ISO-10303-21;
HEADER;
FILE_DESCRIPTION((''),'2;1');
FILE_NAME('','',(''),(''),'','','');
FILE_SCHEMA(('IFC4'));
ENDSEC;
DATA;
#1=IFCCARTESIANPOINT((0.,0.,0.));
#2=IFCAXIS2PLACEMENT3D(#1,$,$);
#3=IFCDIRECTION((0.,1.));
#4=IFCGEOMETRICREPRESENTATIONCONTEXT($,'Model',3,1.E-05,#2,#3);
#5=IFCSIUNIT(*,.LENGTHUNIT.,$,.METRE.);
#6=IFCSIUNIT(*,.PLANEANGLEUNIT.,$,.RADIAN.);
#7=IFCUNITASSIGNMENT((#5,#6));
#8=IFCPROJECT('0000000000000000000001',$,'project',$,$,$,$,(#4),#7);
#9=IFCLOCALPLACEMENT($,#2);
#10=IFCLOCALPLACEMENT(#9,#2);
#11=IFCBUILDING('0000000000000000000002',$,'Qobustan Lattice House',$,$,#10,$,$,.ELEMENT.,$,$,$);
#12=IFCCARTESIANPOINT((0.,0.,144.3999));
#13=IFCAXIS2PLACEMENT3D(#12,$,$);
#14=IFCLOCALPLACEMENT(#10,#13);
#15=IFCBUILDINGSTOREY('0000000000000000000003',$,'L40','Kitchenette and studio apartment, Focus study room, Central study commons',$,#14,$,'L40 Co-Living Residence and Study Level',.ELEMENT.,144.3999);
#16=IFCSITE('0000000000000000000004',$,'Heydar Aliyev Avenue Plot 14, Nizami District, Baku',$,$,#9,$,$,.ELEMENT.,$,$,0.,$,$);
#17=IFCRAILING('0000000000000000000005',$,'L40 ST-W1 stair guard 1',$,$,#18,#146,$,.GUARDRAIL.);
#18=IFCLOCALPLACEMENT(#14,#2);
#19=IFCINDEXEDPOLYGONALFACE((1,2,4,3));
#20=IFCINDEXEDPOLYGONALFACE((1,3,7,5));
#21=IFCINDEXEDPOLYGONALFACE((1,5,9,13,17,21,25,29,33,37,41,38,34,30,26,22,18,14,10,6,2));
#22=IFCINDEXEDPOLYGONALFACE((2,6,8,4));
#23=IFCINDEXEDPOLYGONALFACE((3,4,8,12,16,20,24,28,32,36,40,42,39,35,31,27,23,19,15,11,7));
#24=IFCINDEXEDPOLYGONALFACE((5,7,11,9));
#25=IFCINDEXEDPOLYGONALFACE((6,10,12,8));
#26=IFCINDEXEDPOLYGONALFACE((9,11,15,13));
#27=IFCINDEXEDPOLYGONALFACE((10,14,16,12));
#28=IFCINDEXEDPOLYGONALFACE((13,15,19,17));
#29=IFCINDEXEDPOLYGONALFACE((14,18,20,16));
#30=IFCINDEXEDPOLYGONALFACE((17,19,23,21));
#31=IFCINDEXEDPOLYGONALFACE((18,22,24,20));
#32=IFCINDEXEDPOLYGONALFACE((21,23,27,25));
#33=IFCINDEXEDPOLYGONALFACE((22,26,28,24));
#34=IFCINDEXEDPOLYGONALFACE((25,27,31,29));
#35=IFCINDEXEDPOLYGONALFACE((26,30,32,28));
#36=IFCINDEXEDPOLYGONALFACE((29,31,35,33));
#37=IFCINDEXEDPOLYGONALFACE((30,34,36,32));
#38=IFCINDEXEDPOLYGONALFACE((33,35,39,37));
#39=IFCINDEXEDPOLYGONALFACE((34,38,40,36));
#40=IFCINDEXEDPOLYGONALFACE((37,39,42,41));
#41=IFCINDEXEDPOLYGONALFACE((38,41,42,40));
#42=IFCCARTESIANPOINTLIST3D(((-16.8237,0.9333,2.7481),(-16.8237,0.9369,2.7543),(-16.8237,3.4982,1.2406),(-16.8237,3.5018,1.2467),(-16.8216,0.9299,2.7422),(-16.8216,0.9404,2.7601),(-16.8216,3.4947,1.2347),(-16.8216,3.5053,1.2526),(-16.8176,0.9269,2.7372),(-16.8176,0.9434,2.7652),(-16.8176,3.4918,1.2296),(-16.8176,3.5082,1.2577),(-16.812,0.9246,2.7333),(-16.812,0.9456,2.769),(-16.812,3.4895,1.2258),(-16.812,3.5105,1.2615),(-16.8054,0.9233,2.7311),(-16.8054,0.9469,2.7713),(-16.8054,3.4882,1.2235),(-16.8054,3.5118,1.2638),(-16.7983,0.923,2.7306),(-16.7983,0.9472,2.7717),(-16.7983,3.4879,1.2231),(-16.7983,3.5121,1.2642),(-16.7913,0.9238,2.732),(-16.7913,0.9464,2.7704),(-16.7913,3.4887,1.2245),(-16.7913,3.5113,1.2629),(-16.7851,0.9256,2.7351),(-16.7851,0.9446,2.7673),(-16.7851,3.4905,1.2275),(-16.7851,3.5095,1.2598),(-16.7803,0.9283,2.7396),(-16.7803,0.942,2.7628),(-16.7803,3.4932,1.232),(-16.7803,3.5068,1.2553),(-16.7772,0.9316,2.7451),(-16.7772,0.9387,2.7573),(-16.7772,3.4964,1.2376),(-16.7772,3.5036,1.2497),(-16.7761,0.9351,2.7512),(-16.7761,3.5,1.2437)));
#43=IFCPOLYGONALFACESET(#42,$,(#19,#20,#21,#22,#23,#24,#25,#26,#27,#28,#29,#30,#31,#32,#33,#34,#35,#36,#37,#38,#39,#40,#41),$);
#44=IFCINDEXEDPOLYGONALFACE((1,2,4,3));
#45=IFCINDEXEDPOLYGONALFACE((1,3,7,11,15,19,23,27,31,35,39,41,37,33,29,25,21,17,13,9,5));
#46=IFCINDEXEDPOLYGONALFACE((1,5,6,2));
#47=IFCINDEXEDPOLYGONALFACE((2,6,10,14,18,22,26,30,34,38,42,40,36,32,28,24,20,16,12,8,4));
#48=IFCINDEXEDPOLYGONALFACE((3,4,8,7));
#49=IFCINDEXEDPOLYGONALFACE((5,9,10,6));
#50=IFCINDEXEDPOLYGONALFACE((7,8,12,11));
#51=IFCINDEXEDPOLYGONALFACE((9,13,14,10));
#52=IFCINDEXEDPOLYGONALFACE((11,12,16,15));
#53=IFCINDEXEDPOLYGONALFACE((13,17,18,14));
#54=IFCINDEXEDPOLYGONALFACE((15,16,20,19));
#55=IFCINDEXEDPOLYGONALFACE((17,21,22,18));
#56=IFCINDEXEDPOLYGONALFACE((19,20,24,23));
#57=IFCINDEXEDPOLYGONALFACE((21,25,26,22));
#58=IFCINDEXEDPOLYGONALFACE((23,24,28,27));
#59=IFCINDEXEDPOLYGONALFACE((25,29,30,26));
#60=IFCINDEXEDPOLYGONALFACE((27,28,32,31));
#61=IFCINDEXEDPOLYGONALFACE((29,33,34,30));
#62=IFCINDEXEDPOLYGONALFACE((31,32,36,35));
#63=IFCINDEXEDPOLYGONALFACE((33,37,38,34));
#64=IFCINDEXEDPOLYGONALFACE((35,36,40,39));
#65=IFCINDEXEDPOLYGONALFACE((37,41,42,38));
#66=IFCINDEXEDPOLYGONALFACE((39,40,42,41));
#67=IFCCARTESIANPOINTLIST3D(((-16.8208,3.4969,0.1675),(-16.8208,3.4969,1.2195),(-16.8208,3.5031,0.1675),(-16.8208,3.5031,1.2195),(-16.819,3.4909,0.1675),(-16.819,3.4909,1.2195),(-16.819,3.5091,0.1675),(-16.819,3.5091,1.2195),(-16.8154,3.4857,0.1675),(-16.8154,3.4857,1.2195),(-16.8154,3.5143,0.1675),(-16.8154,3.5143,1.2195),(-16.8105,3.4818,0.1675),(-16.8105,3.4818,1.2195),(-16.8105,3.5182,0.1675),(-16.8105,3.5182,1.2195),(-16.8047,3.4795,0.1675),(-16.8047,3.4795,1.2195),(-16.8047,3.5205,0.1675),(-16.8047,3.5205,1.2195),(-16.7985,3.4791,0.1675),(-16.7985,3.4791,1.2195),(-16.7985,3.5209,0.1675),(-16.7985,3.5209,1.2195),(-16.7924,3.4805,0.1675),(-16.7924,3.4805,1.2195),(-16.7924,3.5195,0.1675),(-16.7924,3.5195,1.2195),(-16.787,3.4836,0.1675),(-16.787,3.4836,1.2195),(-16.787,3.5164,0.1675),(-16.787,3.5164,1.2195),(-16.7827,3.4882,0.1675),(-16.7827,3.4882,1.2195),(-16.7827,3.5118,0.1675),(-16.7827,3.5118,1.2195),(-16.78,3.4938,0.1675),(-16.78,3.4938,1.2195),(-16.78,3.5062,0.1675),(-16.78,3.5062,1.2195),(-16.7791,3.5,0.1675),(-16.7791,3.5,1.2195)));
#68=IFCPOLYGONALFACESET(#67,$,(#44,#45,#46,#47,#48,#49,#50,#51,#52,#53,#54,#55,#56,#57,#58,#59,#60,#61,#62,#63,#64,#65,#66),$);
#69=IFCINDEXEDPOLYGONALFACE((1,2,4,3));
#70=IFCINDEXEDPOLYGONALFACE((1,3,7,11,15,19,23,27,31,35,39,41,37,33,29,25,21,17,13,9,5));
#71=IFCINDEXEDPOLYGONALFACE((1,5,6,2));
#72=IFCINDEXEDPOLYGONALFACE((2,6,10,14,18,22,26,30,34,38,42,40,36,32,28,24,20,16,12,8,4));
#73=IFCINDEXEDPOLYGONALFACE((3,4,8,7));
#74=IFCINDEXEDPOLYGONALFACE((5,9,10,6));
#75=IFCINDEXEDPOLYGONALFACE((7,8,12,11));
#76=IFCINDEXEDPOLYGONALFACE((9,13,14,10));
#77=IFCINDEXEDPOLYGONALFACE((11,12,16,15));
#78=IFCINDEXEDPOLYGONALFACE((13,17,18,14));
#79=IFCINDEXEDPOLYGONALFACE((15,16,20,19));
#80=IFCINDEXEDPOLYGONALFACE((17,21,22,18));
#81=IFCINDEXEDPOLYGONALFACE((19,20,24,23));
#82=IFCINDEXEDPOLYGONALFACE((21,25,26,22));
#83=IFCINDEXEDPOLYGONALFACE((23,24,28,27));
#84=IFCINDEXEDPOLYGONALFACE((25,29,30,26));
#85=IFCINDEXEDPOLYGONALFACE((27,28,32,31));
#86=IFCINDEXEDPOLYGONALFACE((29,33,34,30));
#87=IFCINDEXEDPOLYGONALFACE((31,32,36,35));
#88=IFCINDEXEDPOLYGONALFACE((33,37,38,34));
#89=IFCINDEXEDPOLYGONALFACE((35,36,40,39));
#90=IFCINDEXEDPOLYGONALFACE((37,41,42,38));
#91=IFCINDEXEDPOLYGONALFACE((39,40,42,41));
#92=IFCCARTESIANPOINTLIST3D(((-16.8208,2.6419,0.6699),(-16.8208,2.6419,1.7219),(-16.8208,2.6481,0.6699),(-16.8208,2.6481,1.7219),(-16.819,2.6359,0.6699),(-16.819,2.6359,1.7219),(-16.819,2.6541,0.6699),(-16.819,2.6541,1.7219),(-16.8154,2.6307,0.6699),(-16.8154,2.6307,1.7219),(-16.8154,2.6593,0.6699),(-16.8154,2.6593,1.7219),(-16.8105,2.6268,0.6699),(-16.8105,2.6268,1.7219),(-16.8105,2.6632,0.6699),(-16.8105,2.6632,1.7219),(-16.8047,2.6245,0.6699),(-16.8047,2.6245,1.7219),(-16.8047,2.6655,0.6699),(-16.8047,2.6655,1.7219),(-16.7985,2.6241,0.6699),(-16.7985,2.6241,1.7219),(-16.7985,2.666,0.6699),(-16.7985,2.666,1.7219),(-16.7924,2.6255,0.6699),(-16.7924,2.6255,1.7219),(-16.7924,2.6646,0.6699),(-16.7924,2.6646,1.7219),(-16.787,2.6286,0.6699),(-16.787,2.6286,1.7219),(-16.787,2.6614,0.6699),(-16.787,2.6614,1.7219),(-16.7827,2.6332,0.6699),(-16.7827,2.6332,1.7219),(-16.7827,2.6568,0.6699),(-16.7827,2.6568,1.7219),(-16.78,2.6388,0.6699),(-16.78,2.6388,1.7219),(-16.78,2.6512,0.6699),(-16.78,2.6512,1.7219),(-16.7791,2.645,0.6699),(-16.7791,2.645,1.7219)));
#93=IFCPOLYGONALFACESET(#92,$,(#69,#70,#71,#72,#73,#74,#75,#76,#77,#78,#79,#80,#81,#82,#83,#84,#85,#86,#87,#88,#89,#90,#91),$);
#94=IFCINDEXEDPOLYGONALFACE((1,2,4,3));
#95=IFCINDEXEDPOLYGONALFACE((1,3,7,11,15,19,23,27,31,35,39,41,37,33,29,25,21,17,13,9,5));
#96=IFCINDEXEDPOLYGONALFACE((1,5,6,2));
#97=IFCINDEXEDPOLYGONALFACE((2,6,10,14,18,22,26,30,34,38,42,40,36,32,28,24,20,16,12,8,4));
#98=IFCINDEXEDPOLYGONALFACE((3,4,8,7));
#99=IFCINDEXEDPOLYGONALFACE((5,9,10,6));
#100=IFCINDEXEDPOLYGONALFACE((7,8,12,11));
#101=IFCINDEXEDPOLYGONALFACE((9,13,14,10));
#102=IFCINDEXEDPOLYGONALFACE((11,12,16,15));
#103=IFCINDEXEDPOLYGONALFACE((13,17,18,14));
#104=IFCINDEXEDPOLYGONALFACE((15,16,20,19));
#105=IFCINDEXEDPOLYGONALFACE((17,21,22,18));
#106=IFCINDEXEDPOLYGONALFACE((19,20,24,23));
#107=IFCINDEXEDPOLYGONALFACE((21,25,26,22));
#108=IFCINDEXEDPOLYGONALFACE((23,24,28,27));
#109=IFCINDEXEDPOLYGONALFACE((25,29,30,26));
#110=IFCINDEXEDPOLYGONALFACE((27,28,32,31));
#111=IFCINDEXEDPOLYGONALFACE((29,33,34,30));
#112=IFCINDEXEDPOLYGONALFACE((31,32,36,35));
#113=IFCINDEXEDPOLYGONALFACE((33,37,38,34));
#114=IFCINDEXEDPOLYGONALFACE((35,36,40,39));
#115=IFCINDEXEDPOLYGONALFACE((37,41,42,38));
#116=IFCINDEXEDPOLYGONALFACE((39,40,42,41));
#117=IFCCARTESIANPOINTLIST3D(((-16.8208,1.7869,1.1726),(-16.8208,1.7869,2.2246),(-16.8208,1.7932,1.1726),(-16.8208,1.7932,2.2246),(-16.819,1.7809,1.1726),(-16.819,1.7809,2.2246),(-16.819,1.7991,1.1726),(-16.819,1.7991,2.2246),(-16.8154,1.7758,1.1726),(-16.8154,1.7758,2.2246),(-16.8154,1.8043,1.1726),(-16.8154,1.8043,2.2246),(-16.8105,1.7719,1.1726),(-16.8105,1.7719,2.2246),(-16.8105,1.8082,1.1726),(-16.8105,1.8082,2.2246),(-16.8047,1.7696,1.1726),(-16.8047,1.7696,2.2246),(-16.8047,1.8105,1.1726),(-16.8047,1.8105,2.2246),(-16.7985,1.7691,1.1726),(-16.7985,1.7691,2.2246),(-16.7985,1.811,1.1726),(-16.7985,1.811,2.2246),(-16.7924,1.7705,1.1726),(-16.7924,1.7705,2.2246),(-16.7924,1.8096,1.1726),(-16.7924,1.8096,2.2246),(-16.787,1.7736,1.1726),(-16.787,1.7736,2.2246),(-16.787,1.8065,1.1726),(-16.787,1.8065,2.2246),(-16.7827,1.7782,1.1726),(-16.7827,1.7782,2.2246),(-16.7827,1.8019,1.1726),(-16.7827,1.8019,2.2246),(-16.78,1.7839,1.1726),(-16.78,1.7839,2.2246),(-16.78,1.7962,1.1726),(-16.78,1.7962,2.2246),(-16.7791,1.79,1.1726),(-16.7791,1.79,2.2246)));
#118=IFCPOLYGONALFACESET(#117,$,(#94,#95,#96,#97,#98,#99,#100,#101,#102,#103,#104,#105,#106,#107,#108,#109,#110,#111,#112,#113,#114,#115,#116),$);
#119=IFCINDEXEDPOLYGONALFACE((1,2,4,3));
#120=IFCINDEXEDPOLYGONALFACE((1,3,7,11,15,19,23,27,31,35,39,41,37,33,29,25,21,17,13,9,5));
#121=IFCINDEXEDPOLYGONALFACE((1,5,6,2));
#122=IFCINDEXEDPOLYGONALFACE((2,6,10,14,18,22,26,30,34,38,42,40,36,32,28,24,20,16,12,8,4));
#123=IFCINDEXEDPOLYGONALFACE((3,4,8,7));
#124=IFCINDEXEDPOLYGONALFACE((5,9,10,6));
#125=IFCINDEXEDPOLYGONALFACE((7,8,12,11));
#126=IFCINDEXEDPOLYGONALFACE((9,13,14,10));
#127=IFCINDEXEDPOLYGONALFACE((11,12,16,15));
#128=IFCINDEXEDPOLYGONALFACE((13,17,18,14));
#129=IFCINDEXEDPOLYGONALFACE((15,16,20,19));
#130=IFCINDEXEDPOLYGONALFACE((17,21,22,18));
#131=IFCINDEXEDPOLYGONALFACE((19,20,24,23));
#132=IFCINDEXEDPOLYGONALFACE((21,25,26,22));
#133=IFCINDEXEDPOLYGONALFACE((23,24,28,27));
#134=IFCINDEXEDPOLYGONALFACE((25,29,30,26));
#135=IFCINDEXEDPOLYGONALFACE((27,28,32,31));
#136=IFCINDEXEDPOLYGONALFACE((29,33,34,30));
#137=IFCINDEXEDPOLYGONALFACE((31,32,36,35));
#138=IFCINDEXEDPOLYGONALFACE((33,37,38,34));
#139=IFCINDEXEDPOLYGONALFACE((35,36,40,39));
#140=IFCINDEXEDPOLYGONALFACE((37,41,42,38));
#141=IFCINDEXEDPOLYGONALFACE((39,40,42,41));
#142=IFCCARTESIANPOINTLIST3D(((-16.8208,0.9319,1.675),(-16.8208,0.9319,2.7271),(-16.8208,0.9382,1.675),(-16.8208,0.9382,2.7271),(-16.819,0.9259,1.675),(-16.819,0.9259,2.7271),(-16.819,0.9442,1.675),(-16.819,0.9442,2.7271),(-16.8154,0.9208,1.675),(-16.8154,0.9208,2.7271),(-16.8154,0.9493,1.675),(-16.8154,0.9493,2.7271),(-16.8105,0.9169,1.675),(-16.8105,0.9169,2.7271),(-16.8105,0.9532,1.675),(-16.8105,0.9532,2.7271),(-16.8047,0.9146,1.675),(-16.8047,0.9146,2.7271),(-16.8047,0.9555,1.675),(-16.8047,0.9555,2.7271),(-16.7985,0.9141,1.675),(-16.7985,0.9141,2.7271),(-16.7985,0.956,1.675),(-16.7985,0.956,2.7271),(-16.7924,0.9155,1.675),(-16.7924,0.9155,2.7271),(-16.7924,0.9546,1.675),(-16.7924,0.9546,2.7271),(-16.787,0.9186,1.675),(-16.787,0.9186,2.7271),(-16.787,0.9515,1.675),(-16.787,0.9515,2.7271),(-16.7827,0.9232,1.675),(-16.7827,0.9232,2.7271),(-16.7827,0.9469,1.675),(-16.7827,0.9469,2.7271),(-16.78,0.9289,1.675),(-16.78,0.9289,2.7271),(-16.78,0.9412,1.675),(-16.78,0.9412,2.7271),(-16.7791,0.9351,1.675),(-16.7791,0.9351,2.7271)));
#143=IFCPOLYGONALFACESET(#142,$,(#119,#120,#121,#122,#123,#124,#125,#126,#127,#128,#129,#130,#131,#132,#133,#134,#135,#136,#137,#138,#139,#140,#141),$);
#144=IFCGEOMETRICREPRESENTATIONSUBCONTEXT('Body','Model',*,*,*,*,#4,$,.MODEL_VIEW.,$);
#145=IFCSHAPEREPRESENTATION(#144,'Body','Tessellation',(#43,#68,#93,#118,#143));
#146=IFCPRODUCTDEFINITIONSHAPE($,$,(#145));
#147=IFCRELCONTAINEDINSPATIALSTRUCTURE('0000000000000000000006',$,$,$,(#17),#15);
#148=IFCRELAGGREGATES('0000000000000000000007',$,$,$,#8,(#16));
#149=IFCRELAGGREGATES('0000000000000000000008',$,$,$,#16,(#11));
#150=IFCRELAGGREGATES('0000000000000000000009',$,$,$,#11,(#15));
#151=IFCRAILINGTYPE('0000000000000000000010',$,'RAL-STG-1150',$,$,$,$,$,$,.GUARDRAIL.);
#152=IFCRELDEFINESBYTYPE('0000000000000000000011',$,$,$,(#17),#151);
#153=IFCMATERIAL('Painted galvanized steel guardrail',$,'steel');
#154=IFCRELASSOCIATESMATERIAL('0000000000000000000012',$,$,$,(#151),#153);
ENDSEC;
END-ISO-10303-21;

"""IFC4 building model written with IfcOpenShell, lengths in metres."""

from ifc_helpers import new_model, si_unit, direction, frame, origin, origin_2d, place, context, subcontext, project, spatial, circle, extrude, material, type_object, element, save


model = new_model("IFC4")

# Units and contexts
model_context = context("Model", 3, precision=1e-05, world=origin(), true_north=direction((0.0, 1.0)))
body_context = subcontext(model_context, "Body", "Model", "MODEL_VIEW")
ifc_project = project(units=[si_unit("LENGTHUNIT", "METRE"), si_unit("PLANEANGLEUNIT", "RADIAN")], contexts=[model_context])

# Site, building, storey
site_placement = place(None, origin())
site = spatial("IfcSite", under=ifc_project, at=site_placement, Name="Heydar Aliyev Avenue Plot 14, Nizami District, Baku", CompositionType="ELEMENT", RefElevation=0.0)
building_placement = place(site_placement, origin())
building = spatial("IfcBuilding", under=site, at=building_placement, Name="Qobustan Lattice House", CompositionType="ELEMENT")
storey_placement = place(building_placement, frame((0.0, 0.0, 144.3999)))
storey = spatial("IfcBuildingStorey", under=building, at=storey_placement, Name="L40", Description="Kitchenette and studio apartment, Focus study room, Central study commons", LongName="L40 Co-Living Residence and Study Level", CompositionType="ELEMENT", Elevation=144.3999)

# Railing
ifc_material_1 = material(Name="Painted galvanized steel guardrail", Category="steel")
railing_type = type_object("IfcRailingType", Name="RAL-STG-1150", PredefinedType="GUARDRAIL", material=ifc_material_1)
railing_1_placement = place(storey_placement, frame((-16.8, 3.5, 0.1675)))
element("IfcRailing", 1, at=railing_1_placement, inside=storey, type_object=railing_type, Name="L40 ST-W1 stair guard 1", PredefinedType="GUARDRAIL", context=body_context, shape_type="SweptSolid", body=[
    extrude(circle(Radius=0.0239, at=origin_2d()), frame((0.0, 0.0, 1.0762), z_axis=(0.0, -0.862113, 0.506715), x_axis=(1.0, 0.0, 0.0)), (0.0, 0.0, 1.0), 2.9751),
    extrude(circle(Radius=0.021, at=origin_2d()), origin(), (0.0, 0.0, 1.0), 1.052),
    extrude(circle(Radius=0.021, at=origin_2d()), frame((0.0, -0.855, 0.5024)), (0.0, 0.0, 1.0), 1.052),
    extrude(circle(Radius=0.021, at=origin_2d()), frame((0.0, -1.71, 1.0051)), (0.0, 0.0, 1.0), 1.052),
    extrude(circle(Radius=0.021, at=origin_2d()), frame((0.0, -2.5649, 1.5076)), (0.0, 0.0, 1.0), 1.052),
])

save(model, "model.ifc")
